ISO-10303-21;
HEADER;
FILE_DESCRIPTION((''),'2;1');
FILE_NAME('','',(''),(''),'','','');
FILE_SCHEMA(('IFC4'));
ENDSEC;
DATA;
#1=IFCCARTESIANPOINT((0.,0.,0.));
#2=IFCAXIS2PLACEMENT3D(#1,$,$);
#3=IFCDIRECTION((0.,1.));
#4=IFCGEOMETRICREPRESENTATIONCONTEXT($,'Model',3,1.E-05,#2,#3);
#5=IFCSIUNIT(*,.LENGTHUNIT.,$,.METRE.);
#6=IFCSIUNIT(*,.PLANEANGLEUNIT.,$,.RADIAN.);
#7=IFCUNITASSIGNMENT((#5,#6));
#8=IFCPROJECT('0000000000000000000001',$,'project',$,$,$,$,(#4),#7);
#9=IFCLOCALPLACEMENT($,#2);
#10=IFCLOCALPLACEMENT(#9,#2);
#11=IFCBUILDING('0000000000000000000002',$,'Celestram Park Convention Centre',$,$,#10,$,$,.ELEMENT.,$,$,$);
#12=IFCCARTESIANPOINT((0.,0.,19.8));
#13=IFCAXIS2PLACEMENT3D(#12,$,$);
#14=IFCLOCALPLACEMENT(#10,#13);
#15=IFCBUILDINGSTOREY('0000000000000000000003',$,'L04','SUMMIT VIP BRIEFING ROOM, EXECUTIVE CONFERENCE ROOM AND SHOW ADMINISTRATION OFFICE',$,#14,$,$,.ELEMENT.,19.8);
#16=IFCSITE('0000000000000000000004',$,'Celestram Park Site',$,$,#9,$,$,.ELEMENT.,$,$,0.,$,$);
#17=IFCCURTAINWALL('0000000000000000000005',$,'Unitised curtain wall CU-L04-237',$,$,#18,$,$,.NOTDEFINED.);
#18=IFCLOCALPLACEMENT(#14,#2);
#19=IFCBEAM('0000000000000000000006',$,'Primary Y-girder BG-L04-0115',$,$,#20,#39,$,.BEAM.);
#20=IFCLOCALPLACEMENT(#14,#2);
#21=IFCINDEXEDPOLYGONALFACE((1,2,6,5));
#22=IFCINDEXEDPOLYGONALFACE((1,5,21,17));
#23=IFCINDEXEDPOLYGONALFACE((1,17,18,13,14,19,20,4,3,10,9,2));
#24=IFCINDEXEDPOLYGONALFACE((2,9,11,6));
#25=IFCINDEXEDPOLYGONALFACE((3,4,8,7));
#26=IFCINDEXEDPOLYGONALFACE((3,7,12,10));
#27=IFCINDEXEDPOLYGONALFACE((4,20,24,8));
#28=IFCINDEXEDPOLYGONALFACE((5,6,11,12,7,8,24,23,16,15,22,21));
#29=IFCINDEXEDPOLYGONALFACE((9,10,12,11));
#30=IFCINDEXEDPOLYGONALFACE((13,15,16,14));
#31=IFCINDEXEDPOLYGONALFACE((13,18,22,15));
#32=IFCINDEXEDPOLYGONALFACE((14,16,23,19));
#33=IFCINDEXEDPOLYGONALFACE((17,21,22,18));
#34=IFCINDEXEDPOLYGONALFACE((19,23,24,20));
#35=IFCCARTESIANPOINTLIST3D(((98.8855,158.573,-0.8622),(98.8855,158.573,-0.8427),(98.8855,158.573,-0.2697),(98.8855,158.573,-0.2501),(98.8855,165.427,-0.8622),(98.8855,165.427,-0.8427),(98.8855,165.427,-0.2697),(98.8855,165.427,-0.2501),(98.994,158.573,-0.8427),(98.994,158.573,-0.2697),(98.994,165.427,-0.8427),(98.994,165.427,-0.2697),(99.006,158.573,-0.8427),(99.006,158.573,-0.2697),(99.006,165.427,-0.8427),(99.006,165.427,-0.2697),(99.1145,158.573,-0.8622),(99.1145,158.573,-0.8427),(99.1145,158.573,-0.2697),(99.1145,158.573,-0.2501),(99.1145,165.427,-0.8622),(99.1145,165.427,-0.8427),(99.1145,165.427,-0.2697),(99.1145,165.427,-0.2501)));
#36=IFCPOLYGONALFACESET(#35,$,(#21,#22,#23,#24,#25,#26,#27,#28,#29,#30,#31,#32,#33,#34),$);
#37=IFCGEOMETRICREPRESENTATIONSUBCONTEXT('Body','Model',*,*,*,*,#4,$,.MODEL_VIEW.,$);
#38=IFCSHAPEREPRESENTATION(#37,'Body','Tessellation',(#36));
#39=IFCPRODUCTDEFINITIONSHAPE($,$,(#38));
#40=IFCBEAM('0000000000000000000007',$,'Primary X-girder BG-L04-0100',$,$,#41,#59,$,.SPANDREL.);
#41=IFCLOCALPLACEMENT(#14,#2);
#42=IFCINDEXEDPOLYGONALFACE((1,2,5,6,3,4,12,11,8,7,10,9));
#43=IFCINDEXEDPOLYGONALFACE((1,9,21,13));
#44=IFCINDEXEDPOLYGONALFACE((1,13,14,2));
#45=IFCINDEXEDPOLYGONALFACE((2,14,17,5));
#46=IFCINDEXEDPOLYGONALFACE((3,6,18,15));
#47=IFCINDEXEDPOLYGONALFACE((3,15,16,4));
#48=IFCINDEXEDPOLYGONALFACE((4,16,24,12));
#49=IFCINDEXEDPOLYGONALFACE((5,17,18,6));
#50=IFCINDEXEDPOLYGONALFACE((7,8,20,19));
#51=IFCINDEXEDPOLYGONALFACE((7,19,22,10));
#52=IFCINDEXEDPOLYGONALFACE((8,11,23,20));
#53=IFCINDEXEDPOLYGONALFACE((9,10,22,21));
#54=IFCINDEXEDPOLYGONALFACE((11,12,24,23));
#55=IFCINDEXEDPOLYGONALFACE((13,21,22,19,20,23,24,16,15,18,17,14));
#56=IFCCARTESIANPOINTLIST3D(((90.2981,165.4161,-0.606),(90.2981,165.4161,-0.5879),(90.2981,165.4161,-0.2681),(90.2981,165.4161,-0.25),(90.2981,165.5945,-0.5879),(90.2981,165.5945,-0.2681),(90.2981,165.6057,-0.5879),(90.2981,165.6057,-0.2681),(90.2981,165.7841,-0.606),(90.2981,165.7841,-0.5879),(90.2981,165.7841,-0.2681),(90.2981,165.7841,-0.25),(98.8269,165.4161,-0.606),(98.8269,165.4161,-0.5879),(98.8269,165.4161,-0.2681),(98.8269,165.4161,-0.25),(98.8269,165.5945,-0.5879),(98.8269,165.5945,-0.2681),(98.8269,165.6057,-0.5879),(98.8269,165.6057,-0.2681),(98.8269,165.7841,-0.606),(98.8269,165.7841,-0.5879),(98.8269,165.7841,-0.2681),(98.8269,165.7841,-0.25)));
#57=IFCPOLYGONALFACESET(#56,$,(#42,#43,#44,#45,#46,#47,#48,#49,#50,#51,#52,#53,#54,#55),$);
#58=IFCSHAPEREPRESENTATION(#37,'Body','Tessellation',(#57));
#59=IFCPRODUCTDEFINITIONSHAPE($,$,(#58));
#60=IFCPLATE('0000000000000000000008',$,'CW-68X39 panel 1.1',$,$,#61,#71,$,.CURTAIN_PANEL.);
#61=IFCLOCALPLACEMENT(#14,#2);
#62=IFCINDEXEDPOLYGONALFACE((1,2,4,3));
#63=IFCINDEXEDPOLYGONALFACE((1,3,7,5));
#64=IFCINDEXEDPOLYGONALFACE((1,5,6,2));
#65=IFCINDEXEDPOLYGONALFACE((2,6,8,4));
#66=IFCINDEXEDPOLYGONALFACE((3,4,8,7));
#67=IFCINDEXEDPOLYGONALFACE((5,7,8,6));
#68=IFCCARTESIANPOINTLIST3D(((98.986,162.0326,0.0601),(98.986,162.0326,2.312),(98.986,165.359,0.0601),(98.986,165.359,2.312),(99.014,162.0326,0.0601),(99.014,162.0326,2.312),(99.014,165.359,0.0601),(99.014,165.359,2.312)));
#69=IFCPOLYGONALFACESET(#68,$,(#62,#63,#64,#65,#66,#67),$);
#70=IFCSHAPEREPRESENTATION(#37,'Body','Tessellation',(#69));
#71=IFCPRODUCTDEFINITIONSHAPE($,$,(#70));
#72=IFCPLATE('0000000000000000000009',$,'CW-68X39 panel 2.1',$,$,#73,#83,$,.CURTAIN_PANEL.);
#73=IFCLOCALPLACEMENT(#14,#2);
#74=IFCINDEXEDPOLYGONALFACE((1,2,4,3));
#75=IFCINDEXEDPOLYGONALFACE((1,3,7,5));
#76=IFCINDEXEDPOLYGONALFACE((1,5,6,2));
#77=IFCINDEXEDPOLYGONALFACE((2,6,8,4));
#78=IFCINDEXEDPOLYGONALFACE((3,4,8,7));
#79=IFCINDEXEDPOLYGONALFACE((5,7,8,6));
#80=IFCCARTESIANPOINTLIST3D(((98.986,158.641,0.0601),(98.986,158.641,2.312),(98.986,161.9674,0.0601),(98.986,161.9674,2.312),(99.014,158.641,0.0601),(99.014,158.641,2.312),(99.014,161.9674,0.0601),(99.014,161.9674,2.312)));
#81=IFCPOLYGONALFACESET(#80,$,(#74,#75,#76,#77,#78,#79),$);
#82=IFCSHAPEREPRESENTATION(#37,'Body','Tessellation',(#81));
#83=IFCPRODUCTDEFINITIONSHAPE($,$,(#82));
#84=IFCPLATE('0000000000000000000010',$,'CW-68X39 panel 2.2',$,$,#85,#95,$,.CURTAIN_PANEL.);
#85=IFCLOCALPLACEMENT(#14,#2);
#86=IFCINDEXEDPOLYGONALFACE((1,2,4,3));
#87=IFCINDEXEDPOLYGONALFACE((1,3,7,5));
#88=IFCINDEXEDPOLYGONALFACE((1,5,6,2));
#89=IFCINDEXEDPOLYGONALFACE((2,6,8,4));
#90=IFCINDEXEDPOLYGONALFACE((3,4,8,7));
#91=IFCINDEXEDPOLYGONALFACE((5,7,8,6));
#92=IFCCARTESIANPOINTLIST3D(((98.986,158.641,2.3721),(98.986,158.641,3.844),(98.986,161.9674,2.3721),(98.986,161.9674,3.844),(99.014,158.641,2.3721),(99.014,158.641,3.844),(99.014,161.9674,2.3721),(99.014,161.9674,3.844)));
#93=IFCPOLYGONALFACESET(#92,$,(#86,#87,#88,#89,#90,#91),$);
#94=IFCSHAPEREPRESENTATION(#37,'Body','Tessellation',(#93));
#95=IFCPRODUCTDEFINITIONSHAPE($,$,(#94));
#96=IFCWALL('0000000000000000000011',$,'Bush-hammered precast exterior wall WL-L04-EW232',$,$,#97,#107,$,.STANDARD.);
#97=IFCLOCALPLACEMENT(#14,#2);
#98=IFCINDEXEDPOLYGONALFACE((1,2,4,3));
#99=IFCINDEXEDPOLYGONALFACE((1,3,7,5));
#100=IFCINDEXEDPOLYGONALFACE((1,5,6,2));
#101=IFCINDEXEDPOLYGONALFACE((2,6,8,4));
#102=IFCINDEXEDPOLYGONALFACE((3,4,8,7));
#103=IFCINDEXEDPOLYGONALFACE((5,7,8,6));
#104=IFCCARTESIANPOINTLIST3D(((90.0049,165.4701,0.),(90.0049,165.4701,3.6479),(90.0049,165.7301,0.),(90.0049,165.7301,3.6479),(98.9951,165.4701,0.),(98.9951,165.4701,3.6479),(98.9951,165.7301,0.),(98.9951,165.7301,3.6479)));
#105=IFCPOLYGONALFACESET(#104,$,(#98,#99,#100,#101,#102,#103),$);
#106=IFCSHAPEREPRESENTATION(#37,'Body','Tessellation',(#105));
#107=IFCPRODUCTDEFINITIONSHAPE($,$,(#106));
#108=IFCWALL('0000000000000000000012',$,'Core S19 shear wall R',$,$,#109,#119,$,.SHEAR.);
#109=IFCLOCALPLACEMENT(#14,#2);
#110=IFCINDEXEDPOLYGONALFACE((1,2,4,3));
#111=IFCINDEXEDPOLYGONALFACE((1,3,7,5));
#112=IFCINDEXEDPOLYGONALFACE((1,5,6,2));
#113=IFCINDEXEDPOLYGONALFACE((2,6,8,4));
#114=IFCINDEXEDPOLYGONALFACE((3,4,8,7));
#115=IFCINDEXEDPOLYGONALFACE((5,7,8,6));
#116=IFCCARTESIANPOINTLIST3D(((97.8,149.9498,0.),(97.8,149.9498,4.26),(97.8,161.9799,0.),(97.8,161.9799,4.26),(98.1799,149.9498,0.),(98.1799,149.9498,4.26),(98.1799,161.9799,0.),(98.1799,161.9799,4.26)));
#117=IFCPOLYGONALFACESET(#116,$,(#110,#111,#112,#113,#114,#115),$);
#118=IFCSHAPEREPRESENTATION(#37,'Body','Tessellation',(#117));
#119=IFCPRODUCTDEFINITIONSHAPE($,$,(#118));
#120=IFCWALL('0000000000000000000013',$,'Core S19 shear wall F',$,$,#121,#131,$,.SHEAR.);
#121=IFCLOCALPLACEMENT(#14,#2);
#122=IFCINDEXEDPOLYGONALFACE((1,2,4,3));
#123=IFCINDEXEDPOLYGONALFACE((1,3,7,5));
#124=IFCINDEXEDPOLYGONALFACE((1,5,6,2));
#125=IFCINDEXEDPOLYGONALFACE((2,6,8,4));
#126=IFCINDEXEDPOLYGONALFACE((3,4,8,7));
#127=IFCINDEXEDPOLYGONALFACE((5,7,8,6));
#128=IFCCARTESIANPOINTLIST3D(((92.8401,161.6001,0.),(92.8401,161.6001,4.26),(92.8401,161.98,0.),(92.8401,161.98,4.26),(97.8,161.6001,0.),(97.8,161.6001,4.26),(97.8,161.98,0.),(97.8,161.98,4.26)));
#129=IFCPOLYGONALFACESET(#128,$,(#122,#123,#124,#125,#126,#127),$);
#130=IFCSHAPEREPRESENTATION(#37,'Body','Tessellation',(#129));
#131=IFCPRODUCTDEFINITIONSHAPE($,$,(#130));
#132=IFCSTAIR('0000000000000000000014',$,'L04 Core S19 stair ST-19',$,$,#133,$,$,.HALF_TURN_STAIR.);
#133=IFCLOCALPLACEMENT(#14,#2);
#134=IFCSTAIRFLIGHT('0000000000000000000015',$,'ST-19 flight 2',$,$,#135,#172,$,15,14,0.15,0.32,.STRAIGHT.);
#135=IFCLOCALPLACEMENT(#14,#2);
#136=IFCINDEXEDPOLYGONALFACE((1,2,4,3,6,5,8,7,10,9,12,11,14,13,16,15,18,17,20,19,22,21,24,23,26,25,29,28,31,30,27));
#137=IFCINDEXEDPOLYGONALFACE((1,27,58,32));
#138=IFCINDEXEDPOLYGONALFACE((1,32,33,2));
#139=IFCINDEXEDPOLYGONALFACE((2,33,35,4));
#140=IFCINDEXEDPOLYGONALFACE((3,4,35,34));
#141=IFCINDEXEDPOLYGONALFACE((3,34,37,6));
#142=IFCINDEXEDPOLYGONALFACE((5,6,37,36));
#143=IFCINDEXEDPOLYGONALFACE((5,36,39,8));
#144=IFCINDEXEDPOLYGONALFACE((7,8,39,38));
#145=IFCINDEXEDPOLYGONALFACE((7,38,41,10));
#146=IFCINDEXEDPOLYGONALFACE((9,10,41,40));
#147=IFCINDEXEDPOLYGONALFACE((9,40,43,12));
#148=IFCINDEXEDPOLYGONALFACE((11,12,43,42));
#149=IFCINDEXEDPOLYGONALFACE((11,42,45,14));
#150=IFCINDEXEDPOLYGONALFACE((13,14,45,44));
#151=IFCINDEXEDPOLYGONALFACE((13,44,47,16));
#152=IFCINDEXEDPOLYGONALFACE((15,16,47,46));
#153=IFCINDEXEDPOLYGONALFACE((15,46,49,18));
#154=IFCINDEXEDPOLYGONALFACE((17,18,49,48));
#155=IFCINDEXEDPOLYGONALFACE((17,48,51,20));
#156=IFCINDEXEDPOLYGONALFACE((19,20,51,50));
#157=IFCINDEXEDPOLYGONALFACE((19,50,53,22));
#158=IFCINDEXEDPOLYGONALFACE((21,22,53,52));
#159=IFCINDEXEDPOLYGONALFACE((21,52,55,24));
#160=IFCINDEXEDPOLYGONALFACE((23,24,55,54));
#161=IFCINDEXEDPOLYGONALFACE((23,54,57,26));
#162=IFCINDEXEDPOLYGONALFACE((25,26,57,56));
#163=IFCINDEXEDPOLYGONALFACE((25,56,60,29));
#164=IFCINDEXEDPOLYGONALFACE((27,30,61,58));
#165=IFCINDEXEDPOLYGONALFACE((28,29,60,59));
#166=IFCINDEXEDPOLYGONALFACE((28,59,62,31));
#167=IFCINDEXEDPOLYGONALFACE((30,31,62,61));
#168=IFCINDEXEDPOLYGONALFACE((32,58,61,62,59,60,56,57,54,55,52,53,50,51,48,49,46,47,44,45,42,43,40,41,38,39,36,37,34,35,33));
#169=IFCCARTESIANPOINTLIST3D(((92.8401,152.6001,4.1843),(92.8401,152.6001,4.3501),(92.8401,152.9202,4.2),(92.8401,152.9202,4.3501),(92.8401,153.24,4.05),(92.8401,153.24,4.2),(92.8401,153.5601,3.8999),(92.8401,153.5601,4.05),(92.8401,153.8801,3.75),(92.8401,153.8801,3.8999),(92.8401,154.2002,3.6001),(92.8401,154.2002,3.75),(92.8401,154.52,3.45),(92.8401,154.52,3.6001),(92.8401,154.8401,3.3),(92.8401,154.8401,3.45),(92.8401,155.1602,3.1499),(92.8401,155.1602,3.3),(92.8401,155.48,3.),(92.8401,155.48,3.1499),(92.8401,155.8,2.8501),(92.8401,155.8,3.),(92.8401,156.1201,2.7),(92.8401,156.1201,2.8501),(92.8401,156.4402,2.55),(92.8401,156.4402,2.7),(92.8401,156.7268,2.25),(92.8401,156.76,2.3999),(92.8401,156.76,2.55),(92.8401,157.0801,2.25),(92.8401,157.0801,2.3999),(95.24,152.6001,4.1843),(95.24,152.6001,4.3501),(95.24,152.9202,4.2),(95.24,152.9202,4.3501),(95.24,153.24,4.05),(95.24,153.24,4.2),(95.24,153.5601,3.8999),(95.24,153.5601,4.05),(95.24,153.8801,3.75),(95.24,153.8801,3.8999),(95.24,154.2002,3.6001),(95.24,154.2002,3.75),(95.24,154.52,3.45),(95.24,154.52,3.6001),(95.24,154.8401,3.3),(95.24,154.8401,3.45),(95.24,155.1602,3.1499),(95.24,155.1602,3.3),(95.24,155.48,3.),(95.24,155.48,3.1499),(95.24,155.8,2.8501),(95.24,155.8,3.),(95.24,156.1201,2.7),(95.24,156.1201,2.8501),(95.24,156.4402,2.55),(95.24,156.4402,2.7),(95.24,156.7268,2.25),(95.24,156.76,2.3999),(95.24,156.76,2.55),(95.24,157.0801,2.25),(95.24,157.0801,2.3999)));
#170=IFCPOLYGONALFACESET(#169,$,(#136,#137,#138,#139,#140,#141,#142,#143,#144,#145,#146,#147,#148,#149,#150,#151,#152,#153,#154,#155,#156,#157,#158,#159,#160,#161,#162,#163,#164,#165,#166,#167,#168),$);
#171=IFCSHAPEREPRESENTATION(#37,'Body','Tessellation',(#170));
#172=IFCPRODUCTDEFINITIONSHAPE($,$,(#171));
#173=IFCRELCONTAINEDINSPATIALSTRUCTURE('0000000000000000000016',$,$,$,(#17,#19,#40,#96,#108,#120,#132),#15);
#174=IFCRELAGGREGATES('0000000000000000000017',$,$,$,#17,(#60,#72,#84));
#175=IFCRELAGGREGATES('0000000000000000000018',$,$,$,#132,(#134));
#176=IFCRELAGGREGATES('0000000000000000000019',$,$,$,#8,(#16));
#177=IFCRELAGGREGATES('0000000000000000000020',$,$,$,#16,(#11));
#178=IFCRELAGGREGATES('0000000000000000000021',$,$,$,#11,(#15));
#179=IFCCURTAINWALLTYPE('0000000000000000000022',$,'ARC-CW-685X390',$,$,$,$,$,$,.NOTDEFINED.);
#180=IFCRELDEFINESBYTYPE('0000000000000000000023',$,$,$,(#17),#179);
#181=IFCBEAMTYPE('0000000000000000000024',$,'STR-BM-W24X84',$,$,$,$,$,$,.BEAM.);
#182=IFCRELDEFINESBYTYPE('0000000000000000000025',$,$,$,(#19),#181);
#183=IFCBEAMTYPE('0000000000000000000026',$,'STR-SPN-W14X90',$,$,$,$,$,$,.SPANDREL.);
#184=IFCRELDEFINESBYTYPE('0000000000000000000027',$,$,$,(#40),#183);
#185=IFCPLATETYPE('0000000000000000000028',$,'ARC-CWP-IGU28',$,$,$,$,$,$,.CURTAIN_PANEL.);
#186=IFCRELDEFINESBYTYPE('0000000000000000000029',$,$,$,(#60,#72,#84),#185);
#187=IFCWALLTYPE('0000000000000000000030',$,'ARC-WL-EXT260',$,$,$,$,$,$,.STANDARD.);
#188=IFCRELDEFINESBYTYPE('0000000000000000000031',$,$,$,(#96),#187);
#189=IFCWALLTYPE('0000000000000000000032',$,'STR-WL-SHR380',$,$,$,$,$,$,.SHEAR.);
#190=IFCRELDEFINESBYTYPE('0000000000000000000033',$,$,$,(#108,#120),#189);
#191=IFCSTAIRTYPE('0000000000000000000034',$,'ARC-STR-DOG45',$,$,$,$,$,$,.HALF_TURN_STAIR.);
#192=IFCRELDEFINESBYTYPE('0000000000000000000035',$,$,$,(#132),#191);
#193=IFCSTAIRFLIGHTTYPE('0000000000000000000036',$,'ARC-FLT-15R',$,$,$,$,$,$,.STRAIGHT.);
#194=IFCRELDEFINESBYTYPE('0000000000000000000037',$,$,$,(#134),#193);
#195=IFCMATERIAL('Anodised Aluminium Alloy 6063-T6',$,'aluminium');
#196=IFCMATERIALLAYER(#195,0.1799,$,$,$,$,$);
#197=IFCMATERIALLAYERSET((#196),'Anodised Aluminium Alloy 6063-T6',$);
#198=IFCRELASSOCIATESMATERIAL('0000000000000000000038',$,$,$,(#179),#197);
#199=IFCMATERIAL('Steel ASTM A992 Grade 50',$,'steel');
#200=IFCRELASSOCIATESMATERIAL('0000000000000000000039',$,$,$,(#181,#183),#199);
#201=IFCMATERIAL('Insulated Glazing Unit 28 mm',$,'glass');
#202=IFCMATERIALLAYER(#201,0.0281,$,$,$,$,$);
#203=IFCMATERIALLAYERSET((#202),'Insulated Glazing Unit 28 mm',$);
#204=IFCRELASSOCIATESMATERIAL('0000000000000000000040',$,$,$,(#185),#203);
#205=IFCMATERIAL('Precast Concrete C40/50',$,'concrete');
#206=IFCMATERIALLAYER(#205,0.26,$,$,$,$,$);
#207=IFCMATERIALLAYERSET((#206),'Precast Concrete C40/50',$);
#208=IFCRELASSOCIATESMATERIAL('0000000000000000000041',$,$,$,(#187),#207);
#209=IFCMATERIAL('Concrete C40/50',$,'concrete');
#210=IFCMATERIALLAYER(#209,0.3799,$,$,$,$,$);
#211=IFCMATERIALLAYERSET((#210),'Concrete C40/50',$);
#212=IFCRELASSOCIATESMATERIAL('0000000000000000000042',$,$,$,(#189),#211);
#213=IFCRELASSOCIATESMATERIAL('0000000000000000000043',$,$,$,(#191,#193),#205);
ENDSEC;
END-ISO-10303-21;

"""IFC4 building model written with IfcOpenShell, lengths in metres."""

from ifc_helpers import new_model, si_unit, direction, frame, frame_2d, origin, origin_2d, place, context, subcontext, project, spatial, polyline, rectangle, i_section, outline, extrude, material, layer, layer_set, material_profile, profile_set, type_object, element, aggregate, save


model = new_model("IFC4")

# Units and contexts
model_context = context("Model", 3, precision=1e-05, world=origin(), true_north=direction((0.0, 1.0)))
body_context = subcontext(model_context, "Body", "Model", "MODEL_VIEW")
ifc_project = project(units=[si_unit("LENGTHUNIT", "METRE"), si_unit("PLANEANGLEUNIT", "RADIAN")], contexts=[model_context])

# Site, building, storey
site_placement = place(None, origin())
site = spatial("IfcSite", under=ifc_project, at=site_placement, Name="Celestram Park Site", CompositionType="ELEMENT", RefElevation=0.0)
building_placement = place(site_placement, origin())
building = spatial("IfcBuilding", under=site, at=building_placement, Name="Celestram Park Convention Centre", CompositionType="ELEMENT")
storey_placement = place(building_placement, frame((0.0, 0.0, 19.8)))
storey = spatial("IfcBuildingStorey", under=building, at=storey_placement, Name="L04", Description="SUMMIT VIP BRIEFING ROOM, EXECUTIVE CONFERENCE ROOM AND SHOW ADMINISTRATION OFFICE", CompositionType="ELEMENT", Elevation=19.8)

# Shared definitions
ifc_material_1 = material(Name="Steel ASTM A992 Grade 50", Category="steel")

# Curtain wall
ifc_material_2 = material(Name="Anodised Aluminium Alloy 6063-T6", Category="aluminium")
ifc_layer_1 = layer(ifc_material_2, 0.1799)
ifc_layer_set_1 = layer_set([ifc_layer_1], Name="Anodised Aluminium Alloy 6063-T6")
curtain_wall_type_1 = type_object("IfcCurtainWallType", Name="ARC-CW-685X390", PredefinedType="NOTDEFINED", material=ifc_layer_set_1)
curtain_wall_1_placement = place(storey_placement, origin())
curtain_wall_1 = element("IfcCurtainWall", 1, at=curtain_wall_1_placement, inside=storey, type_object=curtain_wall_type_1, Name="Unitised curtain wall CU-L04-237", PredefinedType="NOTDEFINED")

# Beams
ifc_material_profile_1 = material_profile(ifc_material_1, i_section(OverallWidth=0.229, OverallDepth=0.6121, WebThickness=0.012, FlangeThickness=0.0195, at=origin_2d()), Name="W24X84")
ifc_profile_set_1 = profile_set([ifc_material_profile_1], Name="Steel ASTM A992 Grade 50")
beam_type_1 = type_object("IfcBeamType", Name="STR-BM-W24X84", PredefinedType="BEAM", material=ifc_profile_set_1)
beam_1_placement = place(storey_placement, frame((99.0, 158.573, -0.5562), z_axis=(0.0, 1.0, 0.0), x_axis=(-1.0, 0.0, 0.0)))
element("IfcBeam", 2, at=beam_1_placement, inside=storey, type_object=beam_type_1, Name="Primary Y-girder BG-L04-0115", PredefinedType="BEAM", context=body_context, shape_type="SweptSolid", body=[
    extrude(i_section(OverallWidth=0.229, OverallDepth=0.6121, WebThickness=0.012, FlangeThickness=0.0195, at=origin_2d()), origin(), (0.0, 0.0, 1.0), 6.854),
])
ifc_material_profile_2 = material_profile(ifc_material_1, i_section(OverallWidth=0.3679, OverallDepth=0.356, WebThickness=0.0112, FlangeThickness=0.0181, at=origin_2d()), Name="W14X90")
ifc_profile_set_2 = profile_set([ifc_material_profile_2], Name="Steel ASTM A992 Grade 50")
beam_type_2 = type_object("IfcBeamType", Name="STR-SPN-W14X90", PredefinedType="SPANDREL", material=ifc_profile_set_2)
beam_2_placement = place(storey_placement, frame((90.2981, 165.6001, -0.428), z_axis=(1.0, 0.0, 0.0), x_axis=(0.0, 1.0, 0.0)))
element("IfcBeam", 3, at=beam_2_placement, inside=storey, type_object=beam_type_2, Name="Primary X-girder BG-L04-0100", PredefinedType="SPANDREL", context=body_context, shape_type="SweptSolid", body=[
    extrude(i_section(OverallWidth=0.3679, OverallDepth=0.356, WebThickness=0.0112, FlangeThickness=0.0181, at=origin_2d()), origin(), (0.0, 0.0, 1.0), 8.5288),
])

# Plates
ifc_material_3 = material(Name="Insulated Glazing Unit 28 mm", Category="glass")
ifc_layer_2 = layer(ifc_material_3, 0.0281)
ifc_layer_set_2 = layer_set([ifc_layer_2], Name="Insulated Glazing Unit 28 mm")
plate_type = type_object("IfcPlateType", Name="ARC-CWP-IGU28", PredefinedType="CURTAIN_PANEL", material=ifc_layer_set_2)
plate_1_placement = place(storey_placement, frame((99.0, 163.6958, 0.0601), z_axis=(0.0, 0.0, 1.0), x_axis=(0.0, -1.0, 0.0)))
plate_1 = element("IfcPlate", 4, at=plate_1_placement, type_object=plate_type, Name="CW-68X39 panel 1.1", PredefinedType="CURTAIN_PANEL", context=body_context, shape_type="SweptSolid", body=[
    extrude(rectangle(XDim=3.3264, YDim=0.0281, at=origin_2d()), origin(), (0.0, 0.0, 1.0), 2.252),
])
plate_2_placement = place(storey_placement, frame((99.0, 160.3042, 0.0601), z_axis=(0.0, 0.0, 1.0), x_axis=(0.0, -1.0, 0.0)))
plate_2 = element("IfcPlate", 5, at=plate_2_placement, type_object=plate_type, Name="CW-68X39 panel 2.1", PredefinedType="CURTAIN_PANEL", context=body_context, shape_type="SweptSolid", body=[
    extrude(rectangle(XDim=3.3264, YDim=0.0281, at=origin_2d()), origin(), (0.0, 0.0, 1.0), 2.252),
])
plate_3_placement = place(storey_placement, frame((99.0, 160.3042, 2.3721), z_axis=(0.0, 0.0, 1.0), x_axis=(0.0, -1.0, 0.0)))
plate_3 = element("IfcPlate", 6, at=plate_3_placement, type_object=plate_type, Name="CW-68X39 panel 2.2", PredefinedType="CURTAIN_PANEL", context=body_context, shape_type="SweptSolid", body=[
    extrude(rectangle(XDim=3.3264, YDim=0.0281, at=origin_2d()), origin(), (0.0, 0.0, 1.0), 1.4719),
])
aggregate(curtain_wall_1, [plate_1, plate_2, plate_3])

# Walls
ifc_material_4 = material(Name="Precast Concrete C40/50", Category="concrete")
ifc_layer_3 = layer(ifc_material_4, 0.26)
ifc_layer_set_3 = layer_set([ifc_layer_3], Name="Precast Concrete C40/50")
wall_type_1 = type_object("IfcWallType", Name="ARC-WL-EXT260", PredefinedType="STANDARD", material=ifc_layer_set_3)
wall_1_placement = place(storey_placement, frame((90.0049, 165.6001, 0.0), z_axis=(0.0, 0.0, 1.0), x_axis=(1.0, 0.0, 0.0)))
element("IfcWall", 7, at=wall_1_placement, inside=storey, type_object=wall_type_1, Name="Bush-hammered precast exterior wall WL-L04-EW232", PredefinedType="STANDARD", context=body_context, shape_type="SweptSolid", body=[
    extrude(rectangle(XDim=8.9902, YDim=0.26, at=frame_2d((4.4951, 0.0))), origin(), (0.0, 0.0, 1.0), 3.6479),
])
ifc_material_5 = material(Name="Concrete C40/50", Category="concrete")
ifc_layer_4 = layer(ifc_material_5, 0.3799)
ifc_layer_set_4 = layer_set([ifc_layer_4], Name="Concrete C40/50")
wall_type_2 = type_object("IfcWallType", Name="STR-WL-SHR380", PredefinedType="SHEAR", material=ifc_layer_set_4)
wall_2_placement = place(storey_placement, frame((97.99, 161.98, 0.0), z_axis=(0.0, 0.0, 1.0), x_axis=(0.0, -1.0, 0.0)))
element("IfcWall", 8, at=wall_2_placement, inside=storey, type_object=wall_type_2, Name="Core S19 shear wall R", PredefinedType="SHEAR", context=body_context, shape_type="SweptSolid", body=[
    extrude(rectangle(XDim=12.03, YDim=0.3799, at=frame_2d((6.0151, 0.0))), origin(), (0.0, 0.0, 1.0), 4.26),
])
wall_3_placement = place(storey_placement, frame((92.8401, 161.79, 0.0), z_axis=(0.0, 0.0, 1.0), x_axis=(1.0, 0.0, 0.0)))
element("IfcWall", 9, at=wall_3_placement, inside=storey, type_object=wall_type_2, Name="Core S19 shear wall F", PredefinedType="SHEAR", context=body_context, shape_type="SweptSolid", body=[
    extrude(rectangle(XDim=4.96, YDim=0.3799, at=frame_2d((2.48, 0.0))), origin(), (0.0, 0.0, 1.0), 4.26),
])

# Stair, stair flight
stair_type = type_object("IfcStairType", Name="ARC-STR-DOG45", PredefinedType="HALF_TURN_STAIR", material=ifc_material_4)
stair_placement = place(storey_placement, origin())
stair = element("IfcStair", 10, at=stair_placement, inside=storey, type_object=stair_type, Name="L04 Core S19 stair ST-19", PredefinedType="HALF_TURN_STAIR")
stair_flight_type = type_object("IfcStairFlightType", Name="ARC-FLT-15R", PredefinedType="STRAIGHT", material=ifc_material_4)
stair_flight_placement = place(storey_placement, frame((94.04, 157.0801, 2.25), z_axis=(0.0, 0.0, 1.0), x_axis=(0.0, -1.0, 0.0)))
stair_flight = element("IfcStairFlight", 11, at=stair_flight_placement, type_object=stair_flight_type, Name="ST-19 flight 2", NumberOfRisers=15, NumberOfTreads=14, PredefinedType="STRAIGHT", RiserHeight=0.15, TreadLength=0.32, context=body_context, shape_type="SweptSolid", body=[
    extrude(outline(polyline([(0.0, 0.0), (0.0, 0.1499), (0.3201, 0.1499), (0.3201, 0.3), (0.6399, 0.3), (0.6399, 0.45), (0.96, 0.45), (0.96, 0.6001), (1.28, 0.6001), (1.28, 0.75), (1.6001, 0.75), (1.6001, 0.8999), (1.9199, 0.8999), (1.9199, 1.05), (2.24, 1.05), (2.24, 1.2), (2.5601, 1.2), (2.5601, 1.3501), (2.8799, 1.3501), (2.8799, 1.5), (3.2, 1.5), (3.2, 1.6499), (3.52, 1.6499), (3.52, 1.8), (3.8401, 1.8), (3.8401, 1.95), (4.1599, 1.95), (4.1599, 2.1001), (4.48, 2.1001), (4.48, 2.25), (4.48, 1.9343), (0.3533, 0.0), (0.0, 0.0)])), frame((0.0, 1.2, 0.0), z_axis=(0.0, -1.0, 0.0), x_axis=(1.0, 0.0, 0.0)), (0.0, 0.0, 1.0), 2.3999),
])
aggregate(stair, [stair_flight])

save(model, "model.ifc")
